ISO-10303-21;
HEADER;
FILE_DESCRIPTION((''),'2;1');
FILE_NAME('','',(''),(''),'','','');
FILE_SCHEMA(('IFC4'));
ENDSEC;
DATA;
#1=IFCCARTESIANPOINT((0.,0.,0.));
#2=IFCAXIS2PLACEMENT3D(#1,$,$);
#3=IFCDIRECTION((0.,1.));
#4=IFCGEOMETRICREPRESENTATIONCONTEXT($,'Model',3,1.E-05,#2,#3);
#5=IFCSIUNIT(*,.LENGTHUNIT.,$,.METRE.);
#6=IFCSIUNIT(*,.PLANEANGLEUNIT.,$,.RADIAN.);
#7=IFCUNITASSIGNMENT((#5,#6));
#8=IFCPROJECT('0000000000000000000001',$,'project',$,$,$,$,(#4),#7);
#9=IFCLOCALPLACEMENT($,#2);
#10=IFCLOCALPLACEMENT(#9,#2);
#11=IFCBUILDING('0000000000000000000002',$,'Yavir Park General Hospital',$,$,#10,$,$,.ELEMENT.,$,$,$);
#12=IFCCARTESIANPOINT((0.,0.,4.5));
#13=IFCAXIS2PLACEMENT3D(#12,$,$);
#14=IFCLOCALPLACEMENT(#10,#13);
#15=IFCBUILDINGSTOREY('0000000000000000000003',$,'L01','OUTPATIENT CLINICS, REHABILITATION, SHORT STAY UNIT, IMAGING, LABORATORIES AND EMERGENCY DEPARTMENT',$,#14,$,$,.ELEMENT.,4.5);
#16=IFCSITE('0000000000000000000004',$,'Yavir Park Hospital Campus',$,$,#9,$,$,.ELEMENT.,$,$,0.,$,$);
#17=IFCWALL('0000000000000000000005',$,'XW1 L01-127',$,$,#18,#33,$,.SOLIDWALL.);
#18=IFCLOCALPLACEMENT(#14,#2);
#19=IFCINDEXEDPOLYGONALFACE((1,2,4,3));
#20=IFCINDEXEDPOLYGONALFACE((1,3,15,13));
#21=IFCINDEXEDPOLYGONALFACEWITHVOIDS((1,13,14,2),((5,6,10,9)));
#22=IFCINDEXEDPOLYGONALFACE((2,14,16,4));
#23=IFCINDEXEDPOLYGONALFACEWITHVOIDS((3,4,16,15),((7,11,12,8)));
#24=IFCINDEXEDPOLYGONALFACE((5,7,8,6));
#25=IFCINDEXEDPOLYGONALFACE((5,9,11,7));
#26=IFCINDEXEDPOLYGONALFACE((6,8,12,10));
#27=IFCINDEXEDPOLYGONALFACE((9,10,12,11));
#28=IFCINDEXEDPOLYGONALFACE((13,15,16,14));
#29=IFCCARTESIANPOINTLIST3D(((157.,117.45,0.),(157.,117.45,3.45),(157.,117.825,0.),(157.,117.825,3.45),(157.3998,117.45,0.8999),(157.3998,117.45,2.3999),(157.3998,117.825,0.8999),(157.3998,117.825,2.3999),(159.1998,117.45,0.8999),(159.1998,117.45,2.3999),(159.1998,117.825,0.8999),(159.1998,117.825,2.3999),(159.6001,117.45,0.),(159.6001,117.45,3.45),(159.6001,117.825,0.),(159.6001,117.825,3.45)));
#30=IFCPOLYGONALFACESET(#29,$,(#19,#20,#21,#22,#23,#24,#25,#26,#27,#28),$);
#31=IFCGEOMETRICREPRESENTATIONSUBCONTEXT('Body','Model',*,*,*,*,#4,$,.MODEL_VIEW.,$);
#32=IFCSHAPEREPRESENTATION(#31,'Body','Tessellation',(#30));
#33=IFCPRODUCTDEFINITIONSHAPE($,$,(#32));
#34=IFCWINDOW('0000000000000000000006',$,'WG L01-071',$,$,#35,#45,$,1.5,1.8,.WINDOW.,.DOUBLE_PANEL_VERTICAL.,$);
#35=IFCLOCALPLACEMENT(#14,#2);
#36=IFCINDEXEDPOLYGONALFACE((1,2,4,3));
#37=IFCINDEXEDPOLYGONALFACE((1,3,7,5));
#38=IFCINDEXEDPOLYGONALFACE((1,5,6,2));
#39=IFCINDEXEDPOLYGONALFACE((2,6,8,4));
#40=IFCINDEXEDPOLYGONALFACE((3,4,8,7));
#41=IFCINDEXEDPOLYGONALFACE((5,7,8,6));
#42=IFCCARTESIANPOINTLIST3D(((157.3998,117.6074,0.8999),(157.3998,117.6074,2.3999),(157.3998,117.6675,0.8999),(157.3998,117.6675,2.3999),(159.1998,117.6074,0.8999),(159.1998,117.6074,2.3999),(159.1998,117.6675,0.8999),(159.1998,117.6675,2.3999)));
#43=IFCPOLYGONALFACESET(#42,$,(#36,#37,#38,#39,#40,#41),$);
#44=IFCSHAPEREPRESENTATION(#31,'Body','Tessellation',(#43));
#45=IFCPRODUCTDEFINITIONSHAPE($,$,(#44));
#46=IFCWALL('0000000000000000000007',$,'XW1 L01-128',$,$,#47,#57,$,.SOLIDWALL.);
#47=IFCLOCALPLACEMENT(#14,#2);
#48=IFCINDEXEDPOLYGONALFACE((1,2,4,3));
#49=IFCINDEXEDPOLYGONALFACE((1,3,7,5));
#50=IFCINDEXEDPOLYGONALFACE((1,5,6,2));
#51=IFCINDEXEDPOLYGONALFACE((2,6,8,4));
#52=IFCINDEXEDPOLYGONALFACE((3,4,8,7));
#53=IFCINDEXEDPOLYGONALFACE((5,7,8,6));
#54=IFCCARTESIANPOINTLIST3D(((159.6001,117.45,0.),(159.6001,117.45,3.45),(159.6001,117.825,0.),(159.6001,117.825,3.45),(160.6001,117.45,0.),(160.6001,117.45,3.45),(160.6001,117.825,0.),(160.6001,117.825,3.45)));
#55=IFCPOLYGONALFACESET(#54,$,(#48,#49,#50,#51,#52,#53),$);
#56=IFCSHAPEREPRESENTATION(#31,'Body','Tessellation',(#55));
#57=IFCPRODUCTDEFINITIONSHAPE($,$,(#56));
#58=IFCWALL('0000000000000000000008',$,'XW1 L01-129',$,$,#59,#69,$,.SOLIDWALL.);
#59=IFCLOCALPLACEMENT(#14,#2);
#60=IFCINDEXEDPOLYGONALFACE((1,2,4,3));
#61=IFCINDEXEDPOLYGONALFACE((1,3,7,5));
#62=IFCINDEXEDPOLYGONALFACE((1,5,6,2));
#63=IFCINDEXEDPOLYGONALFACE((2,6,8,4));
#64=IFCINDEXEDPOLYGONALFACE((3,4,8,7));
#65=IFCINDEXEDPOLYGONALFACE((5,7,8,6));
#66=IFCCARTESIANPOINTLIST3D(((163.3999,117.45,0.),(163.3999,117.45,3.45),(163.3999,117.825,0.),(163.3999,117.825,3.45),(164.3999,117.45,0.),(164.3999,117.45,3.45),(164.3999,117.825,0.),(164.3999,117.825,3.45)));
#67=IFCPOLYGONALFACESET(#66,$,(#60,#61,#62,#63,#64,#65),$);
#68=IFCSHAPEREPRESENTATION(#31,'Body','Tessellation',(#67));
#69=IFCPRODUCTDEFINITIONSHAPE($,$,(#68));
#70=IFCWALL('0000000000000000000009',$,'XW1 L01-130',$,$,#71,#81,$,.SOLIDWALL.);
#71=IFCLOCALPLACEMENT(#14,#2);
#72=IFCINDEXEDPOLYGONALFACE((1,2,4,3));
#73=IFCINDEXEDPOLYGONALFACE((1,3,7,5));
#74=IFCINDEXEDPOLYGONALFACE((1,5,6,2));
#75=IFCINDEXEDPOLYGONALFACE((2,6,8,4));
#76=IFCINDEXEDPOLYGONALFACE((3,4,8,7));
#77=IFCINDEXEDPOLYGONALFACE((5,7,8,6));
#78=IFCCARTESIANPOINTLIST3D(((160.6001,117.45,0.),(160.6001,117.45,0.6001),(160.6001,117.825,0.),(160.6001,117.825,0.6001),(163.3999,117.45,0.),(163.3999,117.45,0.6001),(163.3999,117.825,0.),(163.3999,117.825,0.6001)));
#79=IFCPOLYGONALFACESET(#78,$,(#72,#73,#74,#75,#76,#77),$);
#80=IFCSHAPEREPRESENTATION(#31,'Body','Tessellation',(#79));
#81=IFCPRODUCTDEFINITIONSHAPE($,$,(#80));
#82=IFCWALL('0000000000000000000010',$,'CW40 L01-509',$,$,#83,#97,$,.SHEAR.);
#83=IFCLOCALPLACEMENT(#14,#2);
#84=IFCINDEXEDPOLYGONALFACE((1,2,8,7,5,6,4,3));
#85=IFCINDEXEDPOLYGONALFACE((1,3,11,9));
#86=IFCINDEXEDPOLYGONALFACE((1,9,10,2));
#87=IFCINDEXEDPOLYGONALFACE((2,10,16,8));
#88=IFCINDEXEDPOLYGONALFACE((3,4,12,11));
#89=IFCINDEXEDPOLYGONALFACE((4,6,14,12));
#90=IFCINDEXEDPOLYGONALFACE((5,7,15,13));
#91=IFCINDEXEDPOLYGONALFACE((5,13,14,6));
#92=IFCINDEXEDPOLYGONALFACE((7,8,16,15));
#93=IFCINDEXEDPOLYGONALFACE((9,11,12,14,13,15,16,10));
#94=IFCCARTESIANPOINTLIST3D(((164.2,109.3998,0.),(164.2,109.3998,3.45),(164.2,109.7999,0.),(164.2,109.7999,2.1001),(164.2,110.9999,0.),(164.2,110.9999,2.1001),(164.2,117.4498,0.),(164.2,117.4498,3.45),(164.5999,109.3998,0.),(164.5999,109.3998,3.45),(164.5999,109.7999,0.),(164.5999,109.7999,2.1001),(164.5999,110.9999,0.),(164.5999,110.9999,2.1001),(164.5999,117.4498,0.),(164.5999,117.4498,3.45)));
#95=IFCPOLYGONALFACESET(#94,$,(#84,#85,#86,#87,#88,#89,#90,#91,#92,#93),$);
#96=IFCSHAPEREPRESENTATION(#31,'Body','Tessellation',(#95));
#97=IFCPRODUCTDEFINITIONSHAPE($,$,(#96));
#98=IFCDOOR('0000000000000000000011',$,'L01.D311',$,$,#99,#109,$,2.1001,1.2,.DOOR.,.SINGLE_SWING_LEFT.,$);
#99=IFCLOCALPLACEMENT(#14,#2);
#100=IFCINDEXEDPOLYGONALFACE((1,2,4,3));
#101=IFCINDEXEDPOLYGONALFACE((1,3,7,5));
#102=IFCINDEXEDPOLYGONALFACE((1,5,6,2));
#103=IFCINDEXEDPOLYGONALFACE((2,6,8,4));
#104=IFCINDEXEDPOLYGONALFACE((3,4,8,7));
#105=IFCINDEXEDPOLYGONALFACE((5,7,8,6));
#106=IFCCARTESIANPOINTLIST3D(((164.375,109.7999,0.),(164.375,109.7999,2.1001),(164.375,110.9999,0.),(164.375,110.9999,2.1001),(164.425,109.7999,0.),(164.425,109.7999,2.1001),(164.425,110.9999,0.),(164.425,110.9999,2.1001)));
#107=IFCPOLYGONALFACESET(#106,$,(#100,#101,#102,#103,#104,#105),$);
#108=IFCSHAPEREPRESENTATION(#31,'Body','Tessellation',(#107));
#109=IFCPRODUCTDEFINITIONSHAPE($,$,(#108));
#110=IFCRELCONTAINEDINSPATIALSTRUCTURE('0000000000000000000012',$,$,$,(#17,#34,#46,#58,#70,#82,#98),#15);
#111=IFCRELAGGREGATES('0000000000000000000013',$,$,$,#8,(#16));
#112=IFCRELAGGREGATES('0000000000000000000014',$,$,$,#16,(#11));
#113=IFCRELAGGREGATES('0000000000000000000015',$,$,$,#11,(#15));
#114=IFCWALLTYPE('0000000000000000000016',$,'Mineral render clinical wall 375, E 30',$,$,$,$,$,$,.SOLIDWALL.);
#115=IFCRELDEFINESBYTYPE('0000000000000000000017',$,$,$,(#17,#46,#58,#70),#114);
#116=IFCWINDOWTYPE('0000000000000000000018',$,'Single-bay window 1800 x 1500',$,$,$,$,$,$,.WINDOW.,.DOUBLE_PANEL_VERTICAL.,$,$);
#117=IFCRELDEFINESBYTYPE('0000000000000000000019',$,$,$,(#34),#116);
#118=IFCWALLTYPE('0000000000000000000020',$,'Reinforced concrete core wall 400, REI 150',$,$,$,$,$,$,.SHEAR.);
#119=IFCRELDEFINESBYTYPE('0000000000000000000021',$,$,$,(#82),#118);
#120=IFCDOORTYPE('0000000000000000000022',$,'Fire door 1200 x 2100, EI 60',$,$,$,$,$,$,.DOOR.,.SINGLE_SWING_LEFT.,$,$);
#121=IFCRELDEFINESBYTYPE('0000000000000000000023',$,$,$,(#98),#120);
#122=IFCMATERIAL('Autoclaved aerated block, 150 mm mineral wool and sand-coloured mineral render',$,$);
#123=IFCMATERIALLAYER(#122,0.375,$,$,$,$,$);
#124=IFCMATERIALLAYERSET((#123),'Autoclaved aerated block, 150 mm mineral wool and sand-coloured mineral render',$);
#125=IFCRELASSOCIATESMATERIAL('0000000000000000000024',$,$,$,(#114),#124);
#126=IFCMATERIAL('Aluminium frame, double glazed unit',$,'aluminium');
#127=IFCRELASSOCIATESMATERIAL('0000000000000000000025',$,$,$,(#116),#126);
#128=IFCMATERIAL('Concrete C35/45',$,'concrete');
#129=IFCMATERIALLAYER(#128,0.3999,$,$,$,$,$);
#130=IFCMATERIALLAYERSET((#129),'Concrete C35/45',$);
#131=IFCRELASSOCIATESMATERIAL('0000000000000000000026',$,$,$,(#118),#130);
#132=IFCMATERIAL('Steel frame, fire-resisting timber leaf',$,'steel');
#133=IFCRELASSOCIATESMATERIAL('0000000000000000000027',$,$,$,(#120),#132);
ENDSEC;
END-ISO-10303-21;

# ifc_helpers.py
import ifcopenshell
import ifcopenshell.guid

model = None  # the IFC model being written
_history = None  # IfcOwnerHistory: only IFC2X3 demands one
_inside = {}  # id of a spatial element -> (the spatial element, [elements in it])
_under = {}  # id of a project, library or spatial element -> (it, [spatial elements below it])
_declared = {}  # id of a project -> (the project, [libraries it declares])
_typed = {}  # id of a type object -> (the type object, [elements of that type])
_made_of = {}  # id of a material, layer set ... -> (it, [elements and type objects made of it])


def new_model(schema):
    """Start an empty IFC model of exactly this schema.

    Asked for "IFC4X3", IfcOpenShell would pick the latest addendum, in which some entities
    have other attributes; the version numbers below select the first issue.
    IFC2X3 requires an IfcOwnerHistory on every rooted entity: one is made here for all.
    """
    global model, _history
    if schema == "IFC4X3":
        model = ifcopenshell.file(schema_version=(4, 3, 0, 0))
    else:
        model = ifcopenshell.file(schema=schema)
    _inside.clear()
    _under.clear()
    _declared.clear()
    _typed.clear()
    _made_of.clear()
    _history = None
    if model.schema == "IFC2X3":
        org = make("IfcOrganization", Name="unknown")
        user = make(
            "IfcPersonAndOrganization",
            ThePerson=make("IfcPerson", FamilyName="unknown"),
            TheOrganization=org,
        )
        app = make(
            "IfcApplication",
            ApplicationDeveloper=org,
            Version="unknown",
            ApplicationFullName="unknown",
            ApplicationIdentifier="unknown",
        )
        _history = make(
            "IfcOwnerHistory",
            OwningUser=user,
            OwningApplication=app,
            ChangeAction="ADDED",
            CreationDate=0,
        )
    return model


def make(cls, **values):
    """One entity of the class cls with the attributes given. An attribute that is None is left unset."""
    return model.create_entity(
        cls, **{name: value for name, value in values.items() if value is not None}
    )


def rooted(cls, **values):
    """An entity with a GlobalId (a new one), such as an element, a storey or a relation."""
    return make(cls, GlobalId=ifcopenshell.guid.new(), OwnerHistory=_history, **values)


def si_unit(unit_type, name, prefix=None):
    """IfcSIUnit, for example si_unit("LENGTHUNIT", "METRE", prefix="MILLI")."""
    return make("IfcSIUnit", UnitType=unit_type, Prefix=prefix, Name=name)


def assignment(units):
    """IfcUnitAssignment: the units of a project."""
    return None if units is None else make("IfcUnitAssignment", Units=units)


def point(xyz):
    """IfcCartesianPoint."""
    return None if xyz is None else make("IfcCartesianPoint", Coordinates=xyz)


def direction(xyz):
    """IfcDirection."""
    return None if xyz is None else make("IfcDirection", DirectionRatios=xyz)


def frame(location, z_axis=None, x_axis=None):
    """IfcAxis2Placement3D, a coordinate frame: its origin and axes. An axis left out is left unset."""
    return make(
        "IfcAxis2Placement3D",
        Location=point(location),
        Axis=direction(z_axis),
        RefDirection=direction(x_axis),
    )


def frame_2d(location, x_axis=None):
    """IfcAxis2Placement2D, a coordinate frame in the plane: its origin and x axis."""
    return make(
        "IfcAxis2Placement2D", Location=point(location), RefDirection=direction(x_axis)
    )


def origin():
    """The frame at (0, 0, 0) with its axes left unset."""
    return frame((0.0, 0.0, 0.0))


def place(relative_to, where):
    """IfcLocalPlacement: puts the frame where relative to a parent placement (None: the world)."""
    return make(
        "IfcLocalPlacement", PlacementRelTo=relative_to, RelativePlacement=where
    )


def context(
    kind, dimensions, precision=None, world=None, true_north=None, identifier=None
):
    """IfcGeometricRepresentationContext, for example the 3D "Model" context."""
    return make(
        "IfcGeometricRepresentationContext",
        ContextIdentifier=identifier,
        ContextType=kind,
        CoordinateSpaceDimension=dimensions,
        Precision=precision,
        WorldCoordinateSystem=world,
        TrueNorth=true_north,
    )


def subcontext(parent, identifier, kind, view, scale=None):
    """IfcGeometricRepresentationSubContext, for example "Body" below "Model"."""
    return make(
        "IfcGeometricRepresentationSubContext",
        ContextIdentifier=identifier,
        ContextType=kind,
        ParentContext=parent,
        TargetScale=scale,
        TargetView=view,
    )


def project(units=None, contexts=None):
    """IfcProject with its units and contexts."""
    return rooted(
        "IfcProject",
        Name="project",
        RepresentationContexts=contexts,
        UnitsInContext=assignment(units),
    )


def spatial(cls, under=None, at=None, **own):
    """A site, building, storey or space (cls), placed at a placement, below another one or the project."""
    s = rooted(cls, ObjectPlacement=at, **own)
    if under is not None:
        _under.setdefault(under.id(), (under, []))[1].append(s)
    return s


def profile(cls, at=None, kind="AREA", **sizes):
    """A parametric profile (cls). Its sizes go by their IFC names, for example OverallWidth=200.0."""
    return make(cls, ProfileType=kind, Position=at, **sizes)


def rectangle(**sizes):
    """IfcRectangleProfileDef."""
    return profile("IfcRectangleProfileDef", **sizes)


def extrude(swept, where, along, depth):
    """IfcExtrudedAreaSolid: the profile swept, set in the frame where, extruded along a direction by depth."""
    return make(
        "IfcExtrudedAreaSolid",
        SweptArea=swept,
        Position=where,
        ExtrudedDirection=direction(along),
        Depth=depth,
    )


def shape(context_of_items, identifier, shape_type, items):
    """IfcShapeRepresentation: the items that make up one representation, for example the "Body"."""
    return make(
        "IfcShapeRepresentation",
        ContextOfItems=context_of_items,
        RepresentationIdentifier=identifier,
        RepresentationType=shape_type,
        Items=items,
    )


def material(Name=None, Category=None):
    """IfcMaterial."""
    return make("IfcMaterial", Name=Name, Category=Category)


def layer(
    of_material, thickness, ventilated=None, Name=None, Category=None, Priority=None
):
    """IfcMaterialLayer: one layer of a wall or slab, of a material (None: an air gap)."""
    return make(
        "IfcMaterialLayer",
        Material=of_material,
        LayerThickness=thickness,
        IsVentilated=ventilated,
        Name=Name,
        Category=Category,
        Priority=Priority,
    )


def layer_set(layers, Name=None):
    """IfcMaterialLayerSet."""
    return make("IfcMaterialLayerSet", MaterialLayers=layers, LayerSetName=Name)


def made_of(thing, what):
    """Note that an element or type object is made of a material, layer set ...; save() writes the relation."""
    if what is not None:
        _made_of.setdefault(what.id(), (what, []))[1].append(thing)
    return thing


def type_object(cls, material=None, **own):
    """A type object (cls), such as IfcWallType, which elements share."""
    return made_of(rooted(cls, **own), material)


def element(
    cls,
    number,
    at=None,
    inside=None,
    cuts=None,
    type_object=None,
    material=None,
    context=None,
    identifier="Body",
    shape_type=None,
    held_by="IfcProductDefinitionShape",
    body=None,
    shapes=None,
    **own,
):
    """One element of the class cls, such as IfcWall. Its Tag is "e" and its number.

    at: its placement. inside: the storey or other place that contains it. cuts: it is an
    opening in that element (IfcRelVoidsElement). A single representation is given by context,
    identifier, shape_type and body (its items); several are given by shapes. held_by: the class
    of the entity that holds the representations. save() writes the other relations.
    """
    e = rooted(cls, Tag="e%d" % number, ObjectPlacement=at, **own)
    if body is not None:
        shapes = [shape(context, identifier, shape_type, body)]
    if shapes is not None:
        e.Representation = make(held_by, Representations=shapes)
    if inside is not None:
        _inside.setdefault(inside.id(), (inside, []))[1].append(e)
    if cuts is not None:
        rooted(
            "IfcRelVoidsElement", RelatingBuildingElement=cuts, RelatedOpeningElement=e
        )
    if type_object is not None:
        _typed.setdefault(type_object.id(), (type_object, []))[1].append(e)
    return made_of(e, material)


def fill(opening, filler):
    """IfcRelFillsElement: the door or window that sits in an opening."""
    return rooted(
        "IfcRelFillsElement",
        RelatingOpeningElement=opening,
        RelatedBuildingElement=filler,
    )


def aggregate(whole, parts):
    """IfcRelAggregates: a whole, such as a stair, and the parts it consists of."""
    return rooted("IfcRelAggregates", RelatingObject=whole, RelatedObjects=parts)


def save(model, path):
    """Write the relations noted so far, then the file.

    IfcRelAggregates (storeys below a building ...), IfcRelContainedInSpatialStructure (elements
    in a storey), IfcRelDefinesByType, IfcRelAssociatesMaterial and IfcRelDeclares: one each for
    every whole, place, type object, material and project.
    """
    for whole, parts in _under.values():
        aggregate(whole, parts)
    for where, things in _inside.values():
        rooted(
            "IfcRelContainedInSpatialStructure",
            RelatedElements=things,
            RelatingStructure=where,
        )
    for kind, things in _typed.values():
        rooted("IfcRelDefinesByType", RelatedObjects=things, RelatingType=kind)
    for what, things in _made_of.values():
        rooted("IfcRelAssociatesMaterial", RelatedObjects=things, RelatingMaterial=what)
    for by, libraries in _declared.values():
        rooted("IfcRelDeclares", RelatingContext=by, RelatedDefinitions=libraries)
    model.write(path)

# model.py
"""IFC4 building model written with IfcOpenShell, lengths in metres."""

from ifc_helpers import new_model, si_unit, direction, frame, frame_2d, origin, place, context, subcontext, project, spatial, rectangle, extrude, material, layer, layer_set, type_object, element, fill, save


model = new_model("IFC4")

# Units and contexts
model_context = context("Model", 3, precision=1e-05, world=origin(), true_north=direction((0.0, 1.0)))
body_context = subcontext(model_context, "Body", "Model", "MODEL_VIEW")
ifc_project = project(units=[si_unit("LENGTHUNIT", "METRE"), si_unit("PLANEANGLEUNIT", "RADIAN")], contexts=[model_context])

# Site, building, storey
site_placement = place(None, origin())
site = spatial("IfcSite", under=ifc_project, at=site_placement, Name="Yavir Park Hospital Campus", CompositionType="ELEMENT", RefElevation=0.0)
building_placement = place(site_placement, origin())
building = spatial("IfcBuilding", under=site, at=building_placement, Name="Yavir Park General Hospital", CompositionType="ELEMENT")
storey_placement = place(building_placement, frame((0.0, 0.0, 4.5)))
storey = spatial("IfcBuildingStorey", under=building, at=storey_placement, Name="L01", Description="OUTPATIENT CLINICS, REHABILITATION, SHORT STAY UNIT, IMAGING, LABORATORIES AND EMERGENCY DEPARTMENT", CompositionType="ELEMENT", Elevation=4.5)

# Wall, opening, window
ifc_material_1 = material(Name="Autoclaved aerated block, 150 mm mineral wool and sand-coloured mineral render")
ifc_layer_1 = layer(ifc_material_1, 0.375)
ifc_layer_set_1 = layer_set([ifc_layer_1], Name="Autoclaved aerated block, 150 mm mineral wool and sand-coloured mineral render")
wall_type_1 = type_object("IfcWallType", Name="Mineral render clinical wall 375, E 30", PredefinedType="SOLIDWALL", material=ifc_layer_set_1)
wall_1_placement = place(storey_placement, frame((157.0, 117.6375, 0.0), z_axis=(0.0, 0.0, 1.0), x_axis=(1.0, 0.0, 0.0)))
wall_1 = element("IfcWall", 1, at=wall_1_placement, inside=storey, type_object=wall_type_1, Name="XW1 L01-127", PredefinedType="SOLIDWALL", context=body_context, shape_type="SweptSolid", body=[
    extrude(rectangle(XDim=2.6001, YDim=0.375, at=frame_2d((1.3, 0.0))), origin(), (0.0, 0.0, 1.0), 3.45),
])
opening_1_placement = place(wall_1_placement, frame((0.3999, 0.0, 0.8999)))
opening_1 = element("IfcOpeningElement", 2, at=opening_1_placement, cuts=wall_1, PredefinedType="OPENING", context=body_context, shape_type="SweptSolid", body=[
    extrude(rectangle(XDim=1.8, YDim=1.5, at=frame_2d((0.8999, 0.75))), frame((0.0, 0.1975, 0.0), z_axis=(0.0, -1.0, 0.0), x_axis=(1.0, 0.0, 0.0)), (0.0, 0.0, 1.0), 0.395),
])
ifc_material_2 = material(Name="Aluminium frame, double glazed unit", Category="aluminium")
window_type_1 = type_object("IfcWindowType", Name="Single-bay window 1800 x 1500", PartitioningType="DOUBLE_PANEL_VERTICAL", PredefinedType="WINDOW", material=ifc_material_2)
window_1_placement = place(opening_1_placement, origin())
window_1 = element("IfcWindow", 3, at=window_1_placement, inside=storey, type_object=window_type_1, Name="WG L01-071", OverallHeight=1.5, OverallWidth=1.8, PartitioningType="DOUBLE_PANEL_VERTICAL", PredefinedType="WINDOW", context=body_context, shape_type="SweptSolid", body=[
    extrude(rectangle(XDim=1.8, YDim=1.5, at=frame_2d((0.8999, 0.75))), frame((0.0, 0.03, 0.0), z_axis=(0.0, -1.0, 0.0), x_axis=(1.0, 0.0, 0.0)), (0.0, 0.0, 1.0), 0.0601),
])
fill(opening_1, window_1)

# Walls
for number, where, z_axis, x_axis, name in (
    (4, (159.6001, 117.6375, 0.0), (0.0, 0.0, 1.0), (1.0, 0.0, 0.0), "XW1 L01-128"),
    (5, (163.3999, 117.6375, 0.0), (0.0, 0.0, 1.0), (1.0, 0.0, 0.0), "XW1 L01-129"),
):
    element("IfcWall", number, at=place(storey_placement, frame(where, z_axis=z_axis, x_axis=x_axis)), inside=storey, type_object=wall_type_1, Name=name, PredefinedType="SOLIDWALL", context=body_context, shape_type="SweptSolid", body=[
        extrude(rectangle(XDim=1.0, YDim=0.375, at=frame_2d((0.5, 0.0))), origin(), (0.0, 0.0, 1.0), 3.45),
    ])
wall_2_placement = place(storey_placement, frame((160.6001, 117.6375, 0.0), z_axis=(0.0, 0.0, 1.0), x_axis=(1.0, 0.0, 0.0)))
element("IfcWall", 6, at=wall_2_placement, inside=storey, type_object=wall_type_1, Name="XW1 L01-130", PredefinedType="SOLIDWALL", context=body_context, shape_type="SweptSolid", body=[
    extrude(rectangle(XDim=2.7998, YDim=0.375, at=frame_2d((1.3999, 0.0))), origin(), (0.0, 0.0, 1.0), 0.6001),
])

# Wall, opening, door
ifc_material_3 = material(Name="Concrete C35/45", Category="concrete")
ifc_layer_2 = layer(ifc_material_3, 0.3999)
ifc_layer_set_2 = layer_set([ifc_layer_2], Name="Concrete C35/45")
wall_type_2 = type_object("IfcWallType", Name="Reinforced concrete core wall 400, REI 150", PredefinedType="SHEAR", material=ifc_layer_set_2)
wall_3_placement = place(storey_placement, frame((164.3999, 109.3999, 0.0), z_axis=(0.0, 0.0, 1.0), x_axis=(0.0, 1.0, 0.0)))
wall_3 = element("IfcWall", 7, at=wall_3_placement, inside=storey, type_object=wall_type_2, Name="CW40 L01-509", PredefinedType="SHEAR", context=body_context, shape_type="SweptSolid", body=[
    extrude(rectangle(XDim=8.05, YDim=0.3999, at=frame_2d((4.0249, 0.0))), origin(), (0.0, 0.0, 1.0), 3.45),
])
opening_2_placement = place(wall_3_placement, frame((0.3999, 0.0, 0.0)))
opening_2 = element("IfcOpeningElement", 8, at=opening_2_placement, cuts=wall_3, PredefinedType="OPENING", context=body_context, shape_type="SweptSolid", body=[
    extrude(rectangle(XDim=1.2, YDim=2.1001, at=frame_2d((0.6001, 1.05))), frame((0.0, 0.21, 0.0), z_axis=(0.0, -1.0, 0.0), x_axis=(1.0, 0.0, 0.0)), (0.0, 0.0, 1.0), 0.4199),
])
ifc_material_4 = material(Name="Steel frame, fire-resisting timber leaf", Category="steel")
door_type_1 = type_object("IfcDoorType", Name="Fire door 1200 x 2100, EI 60", OperationType="SINGLE_SWING_LEFT", PredefinedType="DOOR", material=ifc_material_4)
door_1_placement = place(opening_2_placement, origin())
door_1 = element("IfcDoor", 9, at=door_1_placement, inside=storey, type_object=door_type_1, Name="L01.D311", OperationType="SINGLE_SWING_LEFT", OverallHeight=2.1001, OverallWidth=1.2, PredefinedType="DOOR", context=body_context, shape_type="SweptSolid", body=[
    extrude(rectangle(XDim=1.2, YDim=2.1001, at=frame_2d((0.6001, 1.05))), frame((0.0, 0.0249, 0.0), z_axis=(0.0, -1.0, 0.0), x_axis=(1.0, 0.0, 0.0)), (0.0, 0.0, 1.0), 0.05),
])
fill(opening_2, door_1)

save(model, "model.ifc")
